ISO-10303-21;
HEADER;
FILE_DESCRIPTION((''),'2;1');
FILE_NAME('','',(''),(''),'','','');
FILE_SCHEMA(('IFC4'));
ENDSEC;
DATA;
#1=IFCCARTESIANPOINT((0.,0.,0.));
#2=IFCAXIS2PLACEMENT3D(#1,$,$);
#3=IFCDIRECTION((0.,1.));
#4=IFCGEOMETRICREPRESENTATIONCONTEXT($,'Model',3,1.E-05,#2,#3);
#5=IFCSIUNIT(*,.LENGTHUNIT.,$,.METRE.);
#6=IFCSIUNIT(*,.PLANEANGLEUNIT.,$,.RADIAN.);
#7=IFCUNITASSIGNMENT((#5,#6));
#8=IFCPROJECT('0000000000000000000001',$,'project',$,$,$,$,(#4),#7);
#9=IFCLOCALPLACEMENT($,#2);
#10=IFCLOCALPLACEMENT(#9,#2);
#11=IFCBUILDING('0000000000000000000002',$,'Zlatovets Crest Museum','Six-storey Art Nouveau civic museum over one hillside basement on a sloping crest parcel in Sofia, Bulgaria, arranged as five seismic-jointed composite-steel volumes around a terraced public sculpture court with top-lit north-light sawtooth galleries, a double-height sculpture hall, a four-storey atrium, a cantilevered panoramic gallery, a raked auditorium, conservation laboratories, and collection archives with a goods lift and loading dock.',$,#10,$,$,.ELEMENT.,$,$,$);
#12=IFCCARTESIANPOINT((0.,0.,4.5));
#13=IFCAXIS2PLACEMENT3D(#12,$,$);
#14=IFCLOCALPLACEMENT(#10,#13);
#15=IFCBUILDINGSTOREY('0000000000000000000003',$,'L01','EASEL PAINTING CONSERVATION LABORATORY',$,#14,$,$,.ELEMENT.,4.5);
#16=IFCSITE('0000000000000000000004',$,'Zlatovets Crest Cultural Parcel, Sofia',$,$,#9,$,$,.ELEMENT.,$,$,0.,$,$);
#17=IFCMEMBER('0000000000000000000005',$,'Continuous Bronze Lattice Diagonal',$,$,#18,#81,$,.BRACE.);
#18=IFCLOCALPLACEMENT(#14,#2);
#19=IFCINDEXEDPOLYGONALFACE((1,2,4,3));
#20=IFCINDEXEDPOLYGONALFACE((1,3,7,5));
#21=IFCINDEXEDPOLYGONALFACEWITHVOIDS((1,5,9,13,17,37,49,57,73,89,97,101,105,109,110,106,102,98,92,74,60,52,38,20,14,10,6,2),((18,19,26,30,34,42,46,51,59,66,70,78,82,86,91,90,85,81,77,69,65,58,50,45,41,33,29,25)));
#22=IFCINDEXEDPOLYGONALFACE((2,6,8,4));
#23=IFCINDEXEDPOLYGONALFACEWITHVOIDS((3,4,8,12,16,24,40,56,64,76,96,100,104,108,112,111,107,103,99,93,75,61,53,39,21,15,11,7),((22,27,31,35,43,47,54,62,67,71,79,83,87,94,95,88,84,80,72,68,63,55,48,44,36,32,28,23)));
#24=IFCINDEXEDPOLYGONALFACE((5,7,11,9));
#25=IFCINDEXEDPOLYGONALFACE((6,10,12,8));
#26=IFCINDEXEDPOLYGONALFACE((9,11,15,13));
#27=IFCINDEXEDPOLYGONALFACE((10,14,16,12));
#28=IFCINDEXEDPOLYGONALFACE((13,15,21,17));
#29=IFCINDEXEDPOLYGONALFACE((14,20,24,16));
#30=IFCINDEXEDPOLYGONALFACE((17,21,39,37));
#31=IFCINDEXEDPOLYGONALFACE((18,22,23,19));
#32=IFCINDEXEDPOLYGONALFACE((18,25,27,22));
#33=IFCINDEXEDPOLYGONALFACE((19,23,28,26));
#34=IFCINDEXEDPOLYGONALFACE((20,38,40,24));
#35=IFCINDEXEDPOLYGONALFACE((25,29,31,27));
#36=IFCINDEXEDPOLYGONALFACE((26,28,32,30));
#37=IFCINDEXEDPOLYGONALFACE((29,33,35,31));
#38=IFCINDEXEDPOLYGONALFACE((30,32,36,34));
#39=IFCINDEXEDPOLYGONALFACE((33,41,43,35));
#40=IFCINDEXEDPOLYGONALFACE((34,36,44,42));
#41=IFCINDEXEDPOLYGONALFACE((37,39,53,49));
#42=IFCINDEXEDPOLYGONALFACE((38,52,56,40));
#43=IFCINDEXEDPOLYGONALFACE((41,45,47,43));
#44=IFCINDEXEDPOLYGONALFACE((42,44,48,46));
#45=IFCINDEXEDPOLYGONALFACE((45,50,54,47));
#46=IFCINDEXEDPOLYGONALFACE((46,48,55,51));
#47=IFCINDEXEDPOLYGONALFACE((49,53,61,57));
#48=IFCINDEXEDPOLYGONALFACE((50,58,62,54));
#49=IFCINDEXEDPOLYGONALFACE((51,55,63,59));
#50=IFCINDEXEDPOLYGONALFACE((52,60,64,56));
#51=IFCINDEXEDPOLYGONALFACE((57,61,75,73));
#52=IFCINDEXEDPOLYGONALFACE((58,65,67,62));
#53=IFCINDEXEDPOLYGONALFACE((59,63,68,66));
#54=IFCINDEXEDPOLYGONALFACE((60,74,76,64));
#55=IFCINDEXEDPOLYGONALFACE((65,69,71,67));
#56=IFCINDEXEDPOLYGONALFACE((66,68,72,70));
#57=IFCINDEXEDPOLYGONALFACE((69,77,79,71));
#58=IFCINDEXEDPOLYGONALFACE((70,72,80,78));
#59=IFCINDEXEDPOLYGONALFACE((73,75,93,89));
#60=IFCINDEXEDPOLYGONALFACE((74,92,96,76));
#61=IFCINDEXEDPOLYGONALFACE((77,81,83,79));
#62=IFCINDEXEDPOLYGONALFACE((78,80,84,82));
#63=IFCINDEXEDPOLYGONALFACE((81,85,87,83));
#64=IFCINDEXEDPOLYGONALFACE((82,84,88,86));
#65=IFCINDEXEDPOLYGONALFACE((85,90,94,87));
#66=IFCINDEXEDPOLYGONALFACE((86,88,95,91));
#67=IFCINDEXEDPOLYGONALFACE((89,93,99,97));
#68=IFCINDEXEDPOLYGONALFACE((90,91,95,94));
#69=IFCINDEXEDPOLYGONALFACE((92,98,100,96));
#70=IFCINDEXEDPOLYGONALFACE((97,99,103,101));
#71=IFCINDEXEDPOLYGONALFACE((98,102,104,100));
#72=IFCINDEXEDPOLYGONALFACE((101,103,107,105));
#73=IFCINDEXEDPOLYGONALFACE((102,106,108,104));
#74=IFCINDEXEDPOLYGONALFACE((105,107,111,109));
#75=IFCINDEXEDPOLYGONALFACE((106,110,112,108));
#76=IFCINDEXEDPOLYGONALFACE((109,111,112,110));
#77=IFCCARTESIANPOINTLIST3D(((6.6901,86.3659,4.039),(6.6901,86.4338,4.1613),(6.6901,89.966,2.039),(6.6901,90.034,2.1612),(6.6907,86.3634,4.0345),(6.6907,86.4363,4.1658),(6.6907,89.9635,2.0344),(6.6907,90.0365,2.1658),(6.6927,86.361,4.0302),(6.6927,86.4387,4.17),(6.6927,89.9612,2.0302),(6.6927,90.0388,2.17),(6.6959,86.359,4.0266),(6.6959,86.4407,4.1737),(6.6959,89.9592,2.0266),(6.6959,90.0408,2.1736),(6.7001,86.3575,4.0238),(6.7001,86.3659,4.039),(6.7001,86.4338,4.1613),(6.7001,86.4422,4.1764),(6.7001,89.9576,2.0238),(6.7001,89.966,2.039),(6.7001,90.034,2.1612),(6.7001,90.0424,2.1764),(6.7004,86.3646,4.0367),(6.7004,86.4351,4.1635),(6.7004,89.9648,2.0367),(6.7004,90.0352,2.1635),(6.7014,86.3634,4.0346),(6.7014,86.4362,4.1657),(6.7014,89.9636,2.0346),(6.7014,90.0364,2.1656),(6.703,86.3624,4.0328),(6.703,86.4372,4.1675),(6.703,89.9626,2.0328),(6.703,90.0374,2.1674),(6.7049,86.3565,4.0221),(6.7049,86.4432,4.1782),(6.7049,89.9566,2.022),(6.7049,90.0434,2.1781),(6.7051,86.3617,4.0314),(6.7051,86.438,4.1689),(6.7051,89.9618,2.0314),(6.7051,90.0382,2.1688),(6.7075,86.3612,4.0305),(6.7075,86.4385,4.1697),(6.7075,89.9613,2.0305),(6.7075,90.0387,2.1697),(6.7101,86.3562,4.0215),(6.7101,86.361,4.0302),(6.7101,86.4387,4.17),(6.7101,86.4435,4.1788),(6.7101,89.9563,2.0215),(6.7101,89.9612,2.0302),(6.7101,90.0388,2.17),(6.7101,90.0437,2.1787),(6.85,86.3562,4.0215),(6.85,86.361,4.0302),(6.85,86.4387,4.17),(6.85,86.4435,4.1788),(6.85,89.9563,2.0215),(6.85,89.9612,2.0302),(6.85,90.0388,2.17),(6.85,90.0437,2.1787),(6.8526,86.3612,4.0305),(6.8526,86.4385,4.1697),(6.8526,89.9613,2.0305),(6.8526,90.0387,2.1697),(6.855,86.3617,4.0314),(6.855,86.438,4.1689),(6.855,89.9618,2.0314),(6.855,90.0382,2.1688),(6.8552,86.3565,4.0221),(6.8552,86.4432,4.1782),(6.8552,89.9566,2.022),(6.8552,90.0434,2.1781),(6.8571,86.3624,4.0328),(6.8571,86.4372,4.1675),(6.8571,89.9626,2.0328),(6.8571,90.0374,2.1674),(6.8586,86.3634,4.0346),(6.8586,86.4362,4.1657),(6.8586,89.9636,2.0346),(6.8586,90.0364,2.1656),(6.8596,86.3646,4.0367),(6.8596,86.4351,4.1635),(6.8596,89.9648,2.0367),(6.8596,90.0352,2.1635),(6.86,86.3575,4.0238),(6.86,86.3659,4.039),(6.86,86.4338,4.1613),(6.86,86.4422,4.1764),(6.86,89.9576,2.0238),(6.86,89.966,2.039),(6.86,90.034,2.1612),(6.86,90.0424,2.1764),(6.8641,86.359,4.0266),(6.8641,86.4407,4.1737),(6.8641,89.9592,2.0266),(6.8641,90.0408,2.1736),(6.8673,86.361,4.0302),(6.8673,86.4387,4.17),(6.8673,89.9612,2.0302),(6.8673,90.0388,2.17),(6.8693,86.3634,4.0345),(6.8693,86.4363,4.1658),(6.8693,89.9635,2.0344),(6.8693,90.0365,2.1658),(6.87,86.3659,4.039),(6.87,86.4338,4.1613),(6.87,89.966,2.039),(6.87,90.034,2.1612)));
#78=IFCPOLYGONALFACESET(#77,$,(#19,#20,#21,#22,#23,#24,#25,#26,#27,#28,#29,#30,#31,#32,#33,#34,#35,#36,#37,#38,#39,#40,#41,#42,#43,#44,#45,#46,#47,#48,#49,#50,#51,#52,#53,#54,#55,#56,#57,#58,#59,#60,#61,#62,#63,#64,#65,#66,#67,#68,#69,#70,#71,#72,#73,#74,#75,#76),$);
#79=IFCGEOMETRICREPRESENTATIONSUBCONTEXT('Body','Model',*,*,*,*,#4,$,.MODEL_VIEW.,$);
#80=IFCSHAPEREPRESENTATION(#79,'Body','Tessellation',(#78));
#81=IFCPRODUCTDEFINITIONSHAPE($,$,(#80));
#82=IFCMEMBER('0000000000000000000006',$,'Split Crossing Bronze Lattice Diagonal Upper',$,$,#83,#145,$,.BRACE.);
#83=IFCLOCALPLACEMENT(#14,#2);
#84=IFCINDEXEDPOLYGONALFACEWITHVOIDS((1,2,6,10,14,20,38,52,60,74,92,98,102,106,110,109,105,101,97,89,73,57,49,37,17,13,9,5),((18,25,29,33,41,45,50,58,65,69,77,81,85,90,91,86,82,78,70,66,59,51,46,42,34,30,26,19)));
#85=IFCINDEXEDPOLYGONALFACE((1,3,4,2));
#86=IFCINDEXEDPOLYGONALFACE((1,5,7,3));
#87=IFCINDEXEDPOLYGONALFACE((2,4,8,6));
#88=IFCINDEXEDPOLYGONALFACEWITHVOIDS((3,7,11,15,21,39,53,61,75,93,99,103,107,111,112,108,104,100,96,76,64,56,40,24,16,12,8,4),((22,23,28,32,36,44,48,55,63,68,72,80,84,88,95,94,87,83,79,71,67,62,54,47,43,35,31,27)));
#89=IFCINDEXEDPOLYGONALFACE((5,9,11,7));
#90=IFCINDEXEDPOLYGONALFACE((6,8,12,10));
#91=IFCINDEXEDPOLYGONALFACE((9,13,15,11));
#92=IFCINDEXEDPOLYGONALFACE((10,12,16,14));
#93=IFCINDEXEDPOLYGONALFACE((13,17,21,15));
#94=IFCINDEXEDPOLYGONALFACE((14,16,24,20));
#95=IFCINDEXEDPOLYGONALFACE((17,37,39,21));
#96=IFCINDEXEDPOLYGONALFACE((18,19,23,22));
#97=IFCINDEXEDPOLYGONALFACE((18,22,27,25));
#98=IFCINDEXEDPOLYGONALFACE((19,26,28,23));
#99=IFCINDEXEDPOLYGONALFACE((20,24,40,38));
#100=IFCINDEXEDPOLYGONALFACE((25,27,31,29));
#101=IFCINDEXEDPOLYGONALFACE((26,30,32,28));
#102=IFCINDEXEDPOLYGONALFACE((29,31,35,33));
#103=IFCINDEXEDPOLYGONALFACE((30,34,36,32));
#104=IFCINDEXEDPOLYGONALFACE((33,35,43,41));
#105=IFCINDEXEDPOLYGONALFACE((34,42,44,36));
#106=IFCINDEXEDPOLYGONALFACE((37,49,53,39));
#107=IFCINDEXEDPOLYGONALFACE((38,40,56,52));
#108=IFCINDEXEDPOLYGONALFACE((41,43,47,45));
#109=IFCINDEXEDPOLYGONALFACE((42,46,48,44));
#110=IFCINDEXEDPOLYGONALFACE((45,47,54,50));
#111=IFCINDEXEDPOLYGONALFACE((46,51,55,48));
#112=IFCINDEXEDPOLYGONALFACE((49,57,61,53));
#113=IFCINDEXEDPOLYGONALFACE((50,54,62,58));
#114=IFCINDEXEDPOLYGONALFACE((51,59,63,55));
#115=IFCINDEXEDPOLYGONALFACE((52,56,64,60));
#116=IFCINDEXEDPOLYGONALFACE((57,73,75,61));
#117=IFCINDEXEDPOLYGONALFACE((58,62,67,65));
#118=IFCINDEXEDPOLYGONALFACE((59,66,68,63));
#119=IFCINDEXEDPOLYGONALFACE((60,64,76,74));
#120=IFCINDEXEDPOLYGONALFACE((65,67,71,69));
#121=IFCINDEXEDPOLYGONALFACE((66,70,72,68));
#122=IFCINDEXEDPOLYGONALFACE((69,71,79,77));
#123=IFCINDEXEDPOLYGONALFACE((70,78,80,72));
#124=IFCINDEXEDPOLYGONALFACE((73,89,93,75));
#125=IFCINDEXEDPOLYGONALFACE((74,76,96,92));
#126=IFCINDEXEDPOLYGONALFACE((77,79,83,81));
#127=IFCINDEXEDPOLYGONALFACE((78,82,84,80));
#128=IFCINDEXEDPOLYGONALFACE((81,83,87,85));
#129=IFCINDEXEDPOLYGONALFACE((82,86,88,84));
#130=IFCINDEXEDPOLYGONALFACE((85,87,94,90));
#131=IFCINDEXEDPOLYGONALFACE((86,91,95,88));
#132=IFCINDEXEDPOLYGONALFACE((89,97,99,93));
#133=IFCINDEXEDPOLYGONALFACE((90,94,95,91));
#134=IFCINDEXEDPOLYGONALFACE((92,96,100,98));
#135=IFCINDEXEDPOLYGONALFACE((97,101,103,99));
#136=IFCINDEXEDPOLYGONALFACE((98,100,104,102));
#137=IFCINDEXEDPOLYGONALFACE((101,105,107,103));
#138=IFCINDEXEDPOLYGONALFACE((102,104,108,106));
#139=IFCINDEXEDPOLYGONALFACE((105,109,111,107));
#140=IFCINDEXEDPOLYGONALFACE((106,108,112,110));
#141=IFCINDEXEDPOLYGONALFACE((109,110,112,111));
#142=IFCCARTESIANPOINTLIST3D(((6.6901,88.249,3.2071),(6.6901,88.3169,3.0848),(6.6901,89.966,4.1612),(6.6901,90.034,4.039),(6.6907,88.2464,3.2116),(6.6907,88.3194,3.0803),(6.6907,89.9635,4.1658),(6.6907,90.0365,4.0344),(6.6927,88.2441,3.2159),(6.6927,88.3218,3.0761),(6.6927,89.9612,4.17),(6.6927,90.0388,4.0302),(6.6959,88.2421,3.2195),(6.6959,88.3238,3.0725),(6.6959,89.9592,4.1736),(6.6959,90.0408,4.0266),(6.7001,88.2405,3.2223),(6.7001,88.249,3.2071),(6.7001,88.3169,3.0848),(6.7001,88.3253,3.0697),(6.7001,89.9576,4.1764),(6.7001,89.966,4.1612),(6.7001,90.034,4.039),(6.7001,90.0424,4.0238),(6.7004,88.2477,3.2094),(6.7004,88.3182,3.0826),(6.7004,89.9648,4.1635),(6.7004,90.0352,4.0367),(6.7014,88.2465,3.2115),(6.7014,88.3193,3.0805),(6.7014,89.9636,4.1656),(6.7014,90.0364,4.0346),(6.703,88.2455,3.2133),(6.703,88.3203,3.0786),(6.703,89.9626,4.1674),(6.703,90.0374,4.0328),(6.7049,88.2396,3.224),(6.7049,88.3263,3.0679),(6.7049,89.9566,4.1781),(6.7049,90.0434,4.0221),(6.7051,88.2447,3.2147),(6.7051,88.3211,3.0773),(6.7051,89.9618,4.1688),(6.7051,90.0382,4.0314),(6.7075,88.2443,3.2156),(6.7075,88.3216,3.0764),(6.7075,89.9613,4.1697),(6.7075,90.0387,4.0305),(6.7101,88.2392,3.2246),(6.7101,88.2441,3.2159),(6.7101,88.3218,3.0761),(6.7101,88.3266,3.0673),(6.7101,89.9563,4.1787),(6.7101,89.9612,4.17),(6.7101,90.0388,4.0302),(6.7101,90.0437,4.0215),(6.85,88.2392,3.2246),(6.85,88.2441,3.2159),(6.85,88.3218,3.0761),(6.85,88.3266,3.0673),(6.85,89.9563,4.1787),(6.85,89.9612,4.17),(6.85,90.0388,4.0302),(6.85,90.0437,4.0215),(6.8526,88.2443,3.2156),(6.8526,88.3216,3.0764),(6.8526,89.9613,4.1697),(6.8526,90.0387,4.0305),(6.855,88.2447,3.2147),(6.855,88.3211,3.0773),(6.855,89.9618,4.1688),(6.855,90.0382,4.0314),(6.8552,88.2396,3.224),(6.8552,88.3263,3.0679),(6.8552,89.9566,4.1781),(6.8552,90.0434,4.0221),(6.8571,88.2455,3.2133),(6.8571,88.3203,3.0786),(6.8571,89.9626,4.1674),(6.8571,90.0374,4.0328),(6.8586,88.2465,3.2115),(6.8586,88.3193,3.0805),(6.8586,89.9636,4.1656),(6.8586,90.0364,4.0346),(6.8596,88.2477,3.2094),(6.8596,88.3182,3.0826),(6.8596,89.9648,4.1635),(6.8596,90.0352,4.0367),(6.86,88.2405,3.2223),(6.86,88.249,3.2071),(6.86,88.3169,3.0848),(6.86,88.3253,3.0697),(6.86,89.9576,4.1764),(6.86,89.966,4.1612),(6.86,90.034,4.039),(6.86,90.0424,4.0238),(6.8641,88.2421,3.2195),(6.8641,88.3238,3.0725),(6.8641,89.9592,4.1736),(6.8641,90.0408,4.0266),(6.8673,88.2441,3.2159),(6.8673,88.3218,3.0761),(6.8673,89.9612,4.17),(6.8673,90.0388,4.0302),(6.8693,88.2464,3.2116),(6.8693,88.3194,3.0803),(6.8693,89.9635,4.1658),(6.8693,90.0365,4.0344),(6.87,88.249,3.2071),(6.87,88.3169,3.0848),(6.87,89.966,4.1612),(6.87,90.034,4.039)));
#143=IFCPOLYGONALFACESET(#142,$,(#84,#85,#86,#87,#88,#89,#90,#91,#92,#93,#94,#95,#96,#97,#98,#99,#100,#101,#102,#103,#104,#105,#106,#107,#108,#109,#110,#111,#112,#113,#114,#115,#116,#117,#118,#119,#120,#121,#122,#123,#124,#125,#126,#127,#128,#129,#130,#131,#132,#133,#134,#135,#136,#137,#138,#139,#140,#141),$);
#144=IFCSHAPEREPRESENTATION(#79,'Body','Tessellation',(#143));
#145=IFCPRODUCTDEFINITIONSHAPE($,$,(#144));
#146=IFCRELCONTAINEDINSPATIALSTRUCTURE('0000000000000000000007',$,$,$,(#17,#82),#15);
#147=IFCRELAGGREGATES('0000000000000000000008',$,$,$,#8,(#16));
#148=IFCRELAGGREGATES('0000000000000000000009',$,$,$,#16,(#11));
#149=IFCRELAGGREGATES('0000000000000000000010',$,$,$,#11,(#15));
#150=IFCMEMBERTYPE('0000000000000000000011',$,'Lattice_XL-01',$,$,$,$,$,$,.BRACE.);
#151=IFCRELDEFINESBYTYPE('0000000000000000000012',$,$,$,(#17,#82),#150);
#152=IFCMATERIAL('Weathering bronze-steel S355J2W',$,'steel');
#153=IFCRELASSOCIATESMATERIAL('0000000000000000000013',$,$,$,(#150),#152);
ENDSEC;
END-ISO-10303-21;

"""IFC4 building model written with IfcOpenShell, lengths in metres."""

from ifc_helpers import new_model, si_unit, direction, frame, origin, origin_2d, place, context, subcontext, project, spatial, hollow_rectangle, extrude, material, material_profile, profile_set, type_object, element, save


model = new_model("IFC4")

# Units and contexts
model_context = context("Model", 3, precision=1e-05, world=origin(), true_north=direction((0.0, 1.0)))
body_context = subcontext(model_context, "Body", "Model", "MODEL_VIEW")
ifc_project = project(units=[si_unit("LENGTHUNIT", "METRE"), si_unit("PLANEANGLEUNIT", "RADIAN")], contexts=[model_context])

# Site, building, storey
site_placement = place(None, origin())
site = spatial("IfcSite", under=ifc_project, at=site_placement, Name="Zlatovets Crest Cultural Parcel, Sofia", CompositionType="ELEMENT", RefElevation=0.0)
building_placement = place(site_placement, origin())
building = spatial("IfcBuilding", under=site, at=building_placement, Name="Zlatovets Crest Museum", Description="Six-storey Art Nouveau civic museum over one hillside basement on a sloping crest parcel in Sofia, Bulgaria, arranged as five seismic-jointed composite-steel volumes around a terraced public sculpture court with top-lit north-light sawtooth galleries, a double-height sculpture hall, a four-storey atrium, a cantilevered panoramic gallery, a raked auditorium, conservation laboratories, and collection archives with a goods lift and loading dock.", CompositionType="ELEMENT")
storey_placement = place(building_placement, frame((0.0, 0.0, 4.5)))
storey = spatial("IfcBuildingStorey", under=building, at=storey_placement, Name="L01", Description="EASEL PAINTING CONSERVATION LABORATORY", CompositionType="ELEMENT", Elevation=4.5)

# Members
ifc_material_1 = material(Name="Weathering bronze-steel S355J2W", Category="steel")
ifc_material_profile_1 = material_profile(ifc_material_1, hollow_rectangle(XDim=0.1799, YDim=0.1799, WallThickness=0.01, InnerFilletRadius=0.01, OuterFilletRadius=0.02, at=origin_2d()), Name="SHS 180x180x10.0")
ifc_profile_set_1 = profile_set([ifc_material_profile_1], Name="Weathering bronze-steel S355J2W")
member_type_1 = type_object("IfcMemberType", Name="Lattice_XL-01", PredefinedType="BRACE", material=ifc_profile_set_1)
member_1_placement = place(storey_placement, frame((6.78, 90.0, 2.1001), z_axis=(0.0, -0.874163, 0.485633), x_axis=(1.0, 0.0, 0.0)))
element("IfcMember", 1, at=member_1_placement, inside=storey, type_object=member_type_1, Name="Continuous Bronze Lattice Diagonal", PredefinedType="BRACE", context=body_context, shape_type="SweptSolid", body=[
    extrude(hollow_rectangle(XDim=0.1799, YDim=0.1799, WallThickness=0.01, InnerFilletRadius=0.01, OuterFilletRadius=0.02, at=origin_2d()), origin(), (0.0, 0.0, 1.0), 4.1184),
])
member_2_placement = place(storey_placement, frame((6.78, 90.0, 4.1001), z_axis=(0.0, -0.874116, -0.485717), x_axis=(1.0, 0.0, 0.0)))
element("IfcMember", 2, at=member_2_placement, inside=storey, type_object=member_type_1, Name="Split Crossing Bronze Lattice Diagonal Upper", PredefinedType="BRACE", context=body_context, shape_type="SweptSolid", body=[
    extrude(hollow_rectangle(XDim=0.1799, YDim=0.1799, WallThickness=0.01, InnerFilletRadius=0.01, OuterFilletRadius=0.02, at=origin_2d()), origin(), (0.0, 0.0, 1.0), 1.9644),
])

save(model, "model.ifc")
